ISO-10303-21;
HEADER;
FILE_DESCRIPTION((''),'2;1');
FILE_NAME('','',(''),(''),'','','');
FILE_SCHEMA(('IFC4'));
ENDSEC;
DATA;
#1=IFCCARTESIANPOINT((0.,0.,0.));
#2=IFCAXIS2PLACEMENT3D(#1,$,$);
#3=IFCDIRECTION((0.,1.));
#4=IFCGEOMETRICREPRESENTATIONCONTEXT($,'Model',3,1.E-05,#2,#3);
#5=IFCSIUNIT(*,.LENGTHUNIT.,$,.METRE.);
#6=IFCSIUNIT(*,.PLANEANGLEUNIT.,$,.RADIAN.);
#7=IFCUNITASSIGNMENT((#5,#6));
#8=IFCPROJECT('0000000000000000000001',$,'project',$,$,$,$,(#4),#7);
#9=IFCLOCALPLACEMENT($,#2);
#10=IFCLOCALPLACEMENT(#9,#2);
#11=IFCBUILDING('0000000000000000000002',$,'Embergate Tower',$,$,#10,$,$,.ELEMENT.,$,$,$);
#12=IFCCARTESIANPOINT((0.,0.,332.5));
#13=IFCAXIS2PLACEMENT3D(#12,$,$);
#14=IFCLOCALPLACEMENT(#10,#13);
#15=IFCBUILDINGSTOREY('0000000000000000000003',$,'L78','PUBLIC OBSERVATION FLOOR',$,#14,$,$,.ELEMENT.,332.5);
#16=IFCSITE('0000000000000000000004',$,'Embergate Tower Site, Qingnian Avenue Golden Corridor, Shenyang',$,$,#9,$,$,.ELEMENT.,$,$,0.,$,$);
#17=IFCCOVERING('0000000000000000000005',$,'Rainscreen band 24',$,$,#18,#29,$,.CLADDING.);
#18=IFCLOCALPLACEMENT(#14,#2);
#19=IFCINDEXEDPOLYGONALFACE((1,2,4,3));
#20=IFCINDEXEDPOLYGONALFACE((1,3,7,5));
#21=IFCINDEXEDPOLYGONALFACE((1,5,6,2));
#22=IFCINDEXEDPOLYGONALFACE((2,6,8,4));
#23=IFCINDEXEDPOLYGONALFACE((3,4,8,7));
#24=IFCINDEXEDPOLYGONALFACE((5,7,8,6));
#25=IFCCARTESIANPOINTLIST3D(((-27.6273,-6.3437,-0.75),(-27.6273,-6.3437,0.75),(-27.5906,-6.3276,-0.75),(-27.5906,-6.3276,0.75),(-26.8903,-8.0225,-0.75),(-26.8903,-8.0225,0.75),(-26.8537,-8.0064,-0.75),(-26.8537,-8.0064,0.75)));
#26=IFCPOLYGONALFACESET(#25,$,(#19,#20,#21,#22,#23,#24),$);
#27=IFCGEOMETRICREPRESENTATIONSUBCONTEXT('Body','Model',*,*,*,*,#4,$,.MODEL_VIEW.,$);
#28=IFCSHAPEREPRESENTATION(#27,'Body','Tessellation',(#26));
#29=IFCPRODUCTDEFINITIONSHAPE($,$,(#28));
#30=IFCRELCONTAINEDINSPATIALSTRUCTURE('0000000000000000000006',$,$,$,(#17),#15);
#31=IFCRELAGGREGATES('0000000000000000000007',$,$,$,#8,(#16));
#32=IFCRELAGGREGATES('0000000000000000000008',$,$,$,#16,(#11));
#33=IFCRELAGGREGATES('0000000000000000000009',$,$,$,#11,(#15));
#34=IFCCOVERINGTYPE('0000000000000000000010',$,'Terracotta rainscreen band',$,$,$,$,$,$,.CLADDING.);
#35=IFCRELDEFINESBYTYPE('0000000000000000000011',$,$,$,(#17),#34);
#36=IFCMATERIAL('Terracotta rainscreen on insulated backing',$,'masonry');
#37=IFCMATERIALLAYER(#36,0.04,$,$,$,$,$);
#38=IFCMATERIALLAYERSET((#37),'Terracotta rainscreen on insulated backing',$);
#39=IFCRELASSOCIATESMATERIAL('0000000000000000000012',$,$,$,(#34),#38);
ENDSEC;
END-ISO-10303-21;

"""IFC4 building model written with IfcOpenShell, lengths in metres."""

from ifc_helpers import new_model, si_unit, direction, frame, origin, origin_2d, place, context, subcontext, project, spatial, rectangle, extrude, source, transform, mapped, material, layer, layer_set, type_object, element, save


model = new_model("IFC4")

# Units and contexts
model_context = context("Model", 3, precision=1e-05, world=origin(), true_north=direction((0.0, 1.0)))
body_context = subcontext(model_context, "Body", "Model", "MODEL_VIEW")
ifc_project = project(units=[si_unit("LENGTHUNIT", "METRE"), si_unit("PLANEANGLEUNIT", "RADIAN")], contexts=[model_context])

# Site, building, storey
site_placement = place(None, origin())
site = spatial("IfcSite", under=ifc_project, at=site_placement, Name="Embergate Tower Site, Qingnian Avenue Golden Corridor, Shenyang", CompositionType="ELEMENT", RefElevation=0.0)
building_placement = place(site_placement, origin())
building = spatial("IfcBuilding", under=site, at=building_placement, Name="Embergate Tower", CompositionType="ELEMENT")
storey_placement = place(building_placement, frame((0.0, 0.0, 332.5)))
storey = spatial("IfcBuildingStorey", under=building, at=storey_placement, Name="L78", Description="PUBLIC OBSERVATION FLOOR", CompositionType="ELEMENT", Elevation=332.5)

# Covering
ifc_material_1 = material(Name="Terracotta rainscreen on insulated backing", Category="masonry")
ifc_layer_1 = layer(ifc_material_1, 0.04)
ifc_layer_set_1 = layer_set([ifc_layer_1], Name="Terracotta rainscreen on insulated backing")
covering_type = type_object("IfcCoveringType", Name="Terracotta rainscreen band", PredefinedType="CLADDING", material=ifc_layer_set_1)
shared_shape_1 = source(origin(), body_context, "Body", "SweptSolid", [
    extrude(rectangle(XDim=1.8335, YDim=0.04, at=origin_2d()), origin(), (0.0, 0.0, 1.0), 1.5),
])
covering_1_placement = place(storey_placement, frame((-27.2405, -7.175, -0.75), z_axis=(0.0, 0.0, 1.0), x_axis=(0.401935, -0.915668, 0.0)))
element("IfcCovering", 1, at=covering_1_placement, inside=storey, type_object=covering_type, Name="Rainscreen band 24", PredefinedType="CLADDING", context=body_context, shape_type="MappedRepresentation", body=[
    mapped(shared_shape_1, transform((0.0, 0.0, 0.0))),
])

save(model, "model.ifc")
